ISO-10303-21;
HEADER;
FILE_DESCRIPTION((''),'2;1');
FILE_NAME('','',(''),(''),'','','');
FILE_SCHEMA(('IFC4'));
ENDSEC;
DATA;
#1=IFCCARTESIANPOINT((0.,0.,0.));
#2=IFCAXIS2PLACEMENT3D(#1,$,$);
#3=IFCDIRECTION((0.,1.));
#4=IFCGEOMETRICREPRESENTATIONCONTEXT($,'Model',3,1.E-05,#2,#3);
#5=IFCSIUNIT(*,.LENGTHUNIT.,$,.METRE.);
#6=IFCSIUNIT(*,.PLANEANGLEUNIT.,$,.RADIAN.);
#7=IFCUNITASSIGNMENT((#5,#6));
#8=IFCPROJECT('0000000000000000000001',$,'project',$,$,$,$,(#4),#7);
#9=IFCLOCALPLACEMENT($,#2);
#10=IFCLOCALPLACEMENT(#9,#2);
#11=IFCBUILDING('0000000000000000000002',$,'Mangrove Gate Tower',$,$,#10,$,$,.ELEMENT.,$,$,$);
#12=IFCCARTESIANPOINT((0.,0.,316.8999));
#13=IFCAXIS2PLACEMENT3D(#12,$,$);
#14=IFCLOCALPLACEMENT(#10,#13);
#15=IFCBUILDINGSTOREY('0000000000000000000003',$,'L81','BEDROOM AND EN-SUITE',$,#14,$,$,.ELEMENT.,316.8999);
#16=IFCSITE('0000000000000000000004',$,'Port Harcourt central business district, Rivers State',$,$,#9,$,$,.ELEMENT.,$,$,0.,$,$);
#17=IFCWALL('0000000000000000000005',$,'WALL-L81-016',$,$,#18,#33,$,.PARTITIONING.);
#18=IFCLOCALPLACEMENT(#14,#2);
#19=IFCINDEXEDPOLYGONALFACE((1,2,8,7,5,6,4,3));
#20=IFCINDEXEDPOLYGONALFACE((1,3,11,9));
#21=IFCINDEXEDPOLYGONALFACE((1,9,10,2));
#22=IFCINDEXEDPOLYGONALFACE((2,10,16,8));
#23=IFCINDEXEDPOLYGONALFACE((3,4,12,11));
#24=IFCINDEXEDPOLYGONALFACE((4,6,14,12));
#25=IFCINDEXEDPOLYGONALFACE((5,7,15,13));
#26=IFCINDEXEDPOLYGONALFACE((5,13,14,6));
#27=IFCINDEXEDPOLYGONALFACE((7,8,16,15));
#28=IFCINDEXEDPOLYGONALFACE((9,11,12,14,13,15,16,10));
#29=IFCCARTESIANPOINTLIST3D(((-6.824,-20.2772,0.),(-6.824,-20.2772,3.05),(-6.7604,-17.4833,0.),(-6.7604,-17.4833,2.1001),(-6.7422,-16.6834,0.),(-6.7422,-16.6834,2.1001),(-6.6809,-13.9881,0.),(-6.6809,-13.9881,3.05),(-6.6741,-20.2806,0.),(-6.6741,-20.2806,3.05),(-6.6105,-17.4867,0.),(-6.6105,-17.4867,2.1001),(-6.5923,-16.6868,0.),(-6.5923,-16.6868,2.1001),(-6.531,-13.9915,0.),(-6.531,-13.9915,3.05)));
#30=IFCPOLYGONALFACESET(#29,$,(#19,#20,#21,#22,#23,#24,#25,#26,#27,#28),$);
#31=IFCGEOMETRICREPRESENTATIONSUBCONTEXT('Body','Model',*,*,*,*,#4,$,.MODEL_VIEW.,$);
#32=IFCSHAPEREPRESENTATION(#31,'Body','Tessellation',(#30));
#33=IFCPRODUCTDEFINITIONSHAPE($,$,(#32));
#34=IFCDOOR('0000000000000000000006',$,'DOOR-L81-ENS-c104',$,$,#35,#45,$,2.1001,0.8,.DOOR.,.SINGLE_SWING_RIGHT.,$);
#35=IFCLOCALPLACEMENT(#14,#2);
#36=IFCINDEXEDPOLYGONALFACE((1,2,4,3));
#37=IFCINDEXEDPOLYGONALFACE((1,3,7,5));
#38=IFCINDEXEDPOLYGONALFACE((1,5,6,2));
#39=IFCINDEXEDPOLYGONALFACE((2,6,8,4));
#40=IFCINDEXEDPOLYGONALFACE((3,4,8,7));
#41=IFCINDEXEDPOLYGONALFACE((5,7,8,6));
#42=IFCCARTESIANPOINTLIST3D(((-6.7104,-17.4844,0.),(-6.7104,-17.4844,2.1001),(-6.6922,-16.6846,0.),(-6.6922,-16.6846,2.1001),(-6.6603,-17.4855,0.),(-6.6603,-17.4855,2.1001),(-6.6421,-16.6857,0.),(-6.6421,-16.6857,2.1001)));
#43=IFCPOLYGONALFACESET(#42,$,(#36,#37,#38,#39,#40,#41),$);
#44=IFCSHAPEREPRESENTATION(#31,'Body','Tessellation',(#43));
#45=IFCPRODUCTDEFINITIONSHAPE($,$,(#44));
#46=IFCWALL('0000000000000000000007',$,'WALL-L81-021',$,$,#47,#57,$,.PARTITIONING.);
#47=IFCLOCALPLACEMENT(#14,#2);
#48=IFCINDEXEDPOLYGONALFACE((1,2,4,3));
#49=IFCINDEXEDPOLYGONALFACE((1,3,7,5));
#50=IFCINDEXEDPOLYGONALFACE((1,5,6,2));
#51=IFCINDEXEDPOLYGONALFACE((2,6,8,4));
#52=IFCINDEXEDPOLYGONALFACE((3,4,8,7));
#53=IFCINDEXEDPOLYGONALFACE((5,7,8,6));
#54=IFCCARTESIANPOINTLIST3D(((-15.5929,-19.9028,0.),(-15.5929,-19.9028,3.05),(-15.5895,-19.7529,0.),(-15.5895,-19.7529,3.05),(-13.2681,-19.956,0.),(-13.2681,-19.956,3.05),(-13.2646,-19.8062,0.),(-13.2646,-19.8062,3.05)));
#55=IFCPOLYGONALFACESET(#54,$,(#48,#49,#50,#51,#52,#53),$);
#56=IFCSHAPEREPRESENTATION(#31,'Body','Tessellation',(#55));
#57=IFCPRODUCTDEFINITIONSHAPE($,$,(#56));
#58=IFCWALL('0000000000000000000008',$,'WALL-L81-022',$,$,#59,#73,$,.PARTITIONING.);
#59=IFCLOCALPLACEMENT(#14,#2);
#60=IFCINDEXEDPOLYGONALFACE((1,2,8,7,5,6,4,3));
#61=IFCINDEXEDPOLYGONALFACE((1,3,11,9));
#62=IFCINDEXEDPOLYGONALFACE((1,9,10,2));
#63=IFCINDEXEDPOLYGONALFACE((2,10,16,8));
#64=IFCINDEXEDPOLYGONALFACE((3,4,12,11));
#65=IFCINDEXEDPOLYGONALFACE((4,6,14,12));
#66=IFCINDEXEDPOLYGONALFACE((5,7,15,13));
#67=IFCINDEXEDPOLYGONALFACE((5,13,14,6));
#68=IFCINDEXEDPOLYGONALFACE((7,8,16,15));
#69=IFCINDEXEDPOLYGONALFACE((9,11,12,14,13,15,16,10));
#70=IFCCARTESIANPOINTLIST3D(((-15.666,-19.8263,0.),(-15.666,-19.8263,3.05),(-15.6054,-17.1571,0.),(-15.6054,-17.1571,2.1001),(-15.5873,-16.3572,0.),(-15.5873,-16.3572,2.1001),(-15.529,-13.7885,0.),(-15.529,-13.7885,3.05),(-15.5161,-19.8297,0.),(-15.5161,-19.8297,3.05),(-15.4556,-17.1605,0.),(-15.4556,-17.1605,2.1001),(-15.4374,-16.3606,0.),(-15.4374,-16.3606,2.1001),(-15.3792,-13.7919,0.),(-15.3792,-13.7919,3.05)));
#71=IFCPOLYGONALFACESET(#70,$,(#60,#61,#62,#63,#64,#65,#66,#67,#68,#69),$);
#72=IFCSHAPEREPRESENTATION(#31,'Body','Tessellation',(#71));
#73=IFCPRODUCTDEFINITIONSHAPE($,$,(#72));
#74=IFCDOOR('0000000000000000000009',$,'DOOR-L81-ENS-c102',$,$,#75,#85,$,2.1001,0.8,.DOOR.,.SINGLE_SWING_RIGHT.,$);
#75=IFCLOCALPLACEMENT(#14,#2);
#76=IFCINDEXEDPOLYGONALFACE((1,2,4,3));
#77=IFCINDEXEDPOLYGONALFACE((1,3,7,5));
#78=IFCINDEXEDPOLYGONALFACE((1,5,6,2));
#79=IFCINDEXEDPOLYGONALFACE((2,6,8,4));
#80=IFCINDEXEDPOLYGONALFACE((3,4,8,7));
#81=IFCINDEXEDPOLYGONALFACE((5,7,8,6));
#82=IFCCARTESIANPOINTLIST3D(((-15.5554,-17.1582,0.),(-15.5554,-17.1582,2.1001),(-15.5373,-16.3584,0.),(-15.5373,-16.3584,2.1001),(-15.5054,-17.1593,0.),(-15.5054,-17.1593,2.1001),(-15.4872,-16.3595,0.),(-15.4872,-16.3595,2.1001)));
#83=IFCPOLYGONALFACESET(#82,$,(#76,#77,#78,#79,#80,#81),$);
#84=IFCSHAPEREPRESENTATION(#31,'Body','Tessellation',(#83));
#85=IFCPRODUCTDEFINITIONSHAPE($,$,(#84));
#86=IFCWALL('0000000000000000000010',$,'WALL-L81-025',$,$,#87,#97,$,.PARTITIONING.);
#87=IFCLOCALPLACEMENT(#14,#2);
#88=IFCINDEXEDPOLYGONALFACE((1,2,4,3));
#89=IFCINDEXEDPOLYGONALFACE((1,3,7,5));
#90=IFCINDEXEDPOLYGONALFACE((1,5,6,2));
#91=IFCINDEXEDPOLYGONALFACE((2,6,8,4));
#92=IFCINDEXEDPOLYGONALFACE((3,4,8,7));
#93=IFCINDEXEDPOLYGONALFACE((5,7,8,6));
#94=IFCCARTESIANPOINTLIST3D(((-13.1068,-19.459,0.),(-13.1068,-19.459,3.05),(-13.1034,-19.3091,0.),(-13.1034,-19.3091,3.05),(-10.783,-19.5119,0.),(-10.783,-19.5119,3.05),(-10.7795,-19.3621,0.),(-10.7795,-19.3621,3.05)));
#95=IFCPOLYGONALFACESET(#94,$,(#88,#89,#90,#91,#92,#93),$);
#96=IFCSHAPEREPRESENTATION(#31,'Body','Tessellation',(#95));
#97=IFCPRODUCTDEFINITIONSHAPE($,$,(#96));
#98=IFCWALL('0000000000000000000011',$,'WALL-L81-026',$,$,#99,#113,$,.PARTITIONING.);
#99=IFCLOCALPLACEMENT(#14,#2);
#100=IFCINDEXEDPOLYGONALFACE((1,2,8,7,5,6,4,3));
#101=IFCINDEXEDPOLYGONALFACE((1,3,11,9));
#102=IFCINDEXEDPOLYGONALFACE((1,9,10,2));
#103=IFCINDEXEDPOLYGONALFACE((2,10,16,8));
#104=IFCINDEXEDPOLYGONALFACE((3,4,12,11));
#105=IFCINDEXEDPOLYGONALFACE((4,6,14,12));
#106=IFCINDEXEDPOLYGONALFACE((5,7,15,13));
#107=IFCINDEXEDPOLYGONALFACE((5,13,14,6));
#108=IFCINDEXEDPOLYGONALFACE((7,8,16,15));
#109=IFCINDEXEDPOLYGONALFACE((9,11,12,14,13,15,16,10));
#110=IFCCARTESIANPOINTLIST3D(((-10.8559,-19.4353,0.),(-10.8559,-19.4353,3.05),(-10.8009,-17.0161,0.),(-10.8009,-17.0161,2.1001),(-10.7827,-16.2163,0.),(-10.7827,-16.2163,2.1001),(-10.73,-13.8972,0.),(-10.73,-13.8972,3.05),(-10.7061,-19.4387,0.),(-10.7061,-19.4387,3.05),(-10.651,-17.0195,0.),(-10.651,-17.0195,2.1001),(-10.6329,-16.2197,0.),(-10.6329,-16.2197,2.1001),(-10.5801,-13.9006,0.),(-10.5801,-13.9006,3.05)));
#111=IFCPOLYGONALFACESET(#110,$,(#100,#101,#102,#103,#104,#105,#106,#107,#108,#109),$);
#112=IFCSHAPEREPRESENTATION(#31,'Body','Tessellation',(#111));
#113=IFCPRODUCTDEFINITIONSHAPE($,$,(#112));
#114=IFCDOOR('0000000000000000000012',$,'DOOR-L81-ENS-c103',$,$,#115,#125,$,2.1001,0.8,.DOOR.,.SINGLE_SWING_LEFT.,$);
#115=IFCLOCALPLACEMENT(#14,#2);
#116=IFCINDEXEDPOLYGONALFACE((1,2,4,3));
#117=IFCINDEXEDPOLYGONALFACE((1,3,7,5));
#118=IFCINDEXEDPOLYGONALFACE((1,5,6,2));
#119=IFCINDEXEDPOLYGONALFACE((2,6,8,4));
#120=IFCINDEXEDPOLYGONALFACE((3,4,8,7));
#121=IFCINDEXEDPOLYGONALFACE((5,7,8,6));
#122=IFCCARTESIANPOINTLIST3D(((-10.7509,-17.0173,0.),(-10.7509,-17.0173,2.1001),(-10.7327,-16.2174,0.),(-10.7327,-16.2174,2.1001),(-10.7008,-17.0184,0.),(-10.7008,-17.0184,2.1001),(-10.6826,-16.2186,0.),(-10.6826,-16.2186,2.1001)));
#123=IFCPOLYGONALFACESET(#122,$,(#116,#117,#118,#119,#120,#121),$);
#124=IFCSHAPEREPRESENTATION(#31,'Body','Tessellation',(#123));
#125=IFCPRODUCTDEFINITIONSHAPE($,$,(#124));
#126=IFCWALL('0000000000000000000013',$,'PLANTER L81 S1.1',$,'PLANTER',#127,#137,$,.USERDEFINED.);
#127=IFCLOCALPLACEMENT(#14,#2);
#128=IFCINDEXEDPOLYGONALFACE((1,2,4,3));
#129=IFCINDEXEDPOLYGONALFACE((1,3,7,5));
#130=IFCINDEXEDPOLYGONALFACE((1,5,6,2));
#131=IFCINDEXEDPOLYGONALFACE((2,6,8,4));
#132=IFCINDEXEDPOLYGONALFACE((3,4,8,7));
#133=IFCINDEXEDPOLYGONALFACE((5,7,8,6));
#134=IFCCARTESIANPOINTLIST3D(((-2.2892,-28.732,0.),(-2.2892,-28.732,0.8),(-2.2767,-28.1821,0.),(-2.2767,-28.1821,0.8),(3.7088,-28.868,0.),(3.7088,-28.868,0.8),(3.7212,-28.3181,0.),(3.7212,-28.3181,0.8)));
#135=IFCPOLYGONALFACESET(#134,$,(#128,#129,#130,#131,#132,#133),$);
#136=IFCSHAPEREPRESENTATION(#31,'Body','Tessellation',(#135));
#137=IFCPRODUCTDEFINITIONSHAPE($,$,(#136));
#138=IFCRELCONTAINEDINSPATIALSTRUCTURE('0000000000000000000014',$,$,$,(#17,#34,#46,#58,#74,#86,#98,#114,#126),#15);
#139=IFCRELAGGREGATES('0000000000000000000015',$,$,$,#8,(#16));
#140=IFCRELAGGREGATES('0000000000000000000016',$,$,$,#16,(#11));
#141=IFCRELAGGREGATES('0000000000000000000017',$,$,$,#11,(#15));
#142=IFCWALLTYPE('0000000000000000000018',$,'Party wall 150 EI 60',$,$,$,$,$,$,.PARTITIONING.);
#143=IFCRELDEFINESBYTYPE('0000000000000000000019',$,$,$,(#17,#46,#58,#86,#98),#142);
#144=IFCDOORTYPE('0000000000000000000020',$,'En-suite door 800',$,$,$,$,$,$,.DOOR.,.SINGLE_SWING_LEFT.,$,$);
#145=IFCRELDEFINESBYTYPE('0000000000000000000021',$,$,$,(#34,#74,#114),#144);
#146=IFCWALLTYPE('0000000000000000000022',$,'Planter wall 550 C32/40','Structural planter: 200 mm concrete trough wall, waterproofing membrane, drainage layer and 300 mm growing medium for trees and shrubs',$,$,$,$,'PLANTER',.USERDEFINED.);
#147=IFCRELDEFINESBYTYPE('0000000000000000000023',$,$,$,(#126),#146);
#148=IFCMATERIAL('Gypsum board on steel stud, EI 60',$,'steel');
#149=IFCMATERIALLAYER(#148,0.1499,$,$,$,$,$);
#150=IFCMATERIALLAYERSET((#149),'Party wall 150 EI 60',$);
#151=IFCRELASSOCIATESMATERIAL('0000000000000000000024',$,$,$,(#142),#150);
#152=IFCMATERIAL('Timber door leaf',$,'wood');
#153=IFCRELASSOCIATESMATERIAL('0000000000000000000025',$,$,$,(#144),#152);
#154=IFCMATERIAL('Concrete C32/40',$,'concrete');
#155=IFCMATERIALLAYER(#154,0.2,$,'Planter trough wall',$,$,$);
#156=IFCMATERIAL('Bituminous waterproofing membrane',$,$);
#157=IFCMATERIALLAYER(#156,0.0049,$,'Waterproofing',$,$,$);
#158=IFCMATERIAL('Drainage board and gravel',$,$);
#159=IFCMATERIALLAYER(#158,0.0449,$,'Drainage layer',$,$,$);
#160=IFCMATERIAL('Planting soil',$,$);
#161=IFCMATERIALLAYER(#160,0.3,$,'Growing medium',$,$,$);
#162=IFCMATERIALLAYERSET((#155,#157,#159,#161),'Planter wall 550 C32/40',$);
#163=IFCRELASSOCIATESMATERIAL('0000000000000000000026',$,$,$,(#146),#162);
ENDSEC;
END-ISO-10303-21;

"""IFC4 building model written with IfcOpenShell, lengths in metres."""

from ifc_helpers import new_model, si_unit, direction, frame, frame_2d, origin, place, context, subcontext, project, spatial, rectangle, extrude, material, layer, layer_set, type_object, element, fill, save


model = new_model("IFC4")

# Units and contexts
model_context = context("Model", 3, precision=1e-05, world=origin(), true_north=direction((0.0, 1.0)))
body_context = subcontext(model_context, "Body", "Model", "MODEL_VIEW")
ifc_project = project(units=[si_unit("LENGTHUNIT", "METRE"), si_unit("PLANEANGLEUNIT", "RADIAN")], contexts=[model_context])

# Site, building, storey
site_placement = place(None, origin())
site = spatial("IfcSite", under=ifc_project, at=site_placement, Name="Port Harcourt central business district, Rivers State", CompositionType="ELEMENT", RefElevation=0.0)
building_placement = place(site_placement, origin())
building = spatial("IfcBuilding", under=site, at=building_placement, Name="Mangrove Gate Tower", CompositionType="ELEMENT")
storey_placement = place(building_placement, frame((0.0, 0.0, 316.8999)))
storey = spatial("IfcBuildingStorey", under=building, at=storey_placement, Name="L81", Description="BEDROOM AND EN-SUITE", CompositionType="ELEMENT", Elevation=316.8999)

# Shared definitions
ifc_material_1 = material(Name="Gypsum board on steel stud, EI 60", Category="steel")
ifc_layer_1 = layer(ifc_material_1, 0.1499)
ifc_layer_set_1 = layer_set([ifc_layer_1], Name="Party wall 150 EI 60")
wall_type_1 = type_object("IfcWallType", Name="Party wall 150 EI 60", PredefinedType="PARTITIONING", material=ifc_layer_set_1)

# Shared definitions
ifc_material_2 = material(Name="Timber door leaf", Category="wood")
door_type = type_object("IfcDoorType", Name="En-suite door 800", OperationType="SINGLE_SWING_LEFT", PredefinedType="DOOR", material=ifc_material_2)

# Wall, opening, door
wall_1_placement = place(storey_placement, frame((-6.749, -20.2791, 0.0), z_axis=(0.0, 0.0, 1.0), x_axis=(0.022743, 0.999741, 0.0)))
wall_1 = element("IfcWall", 1, at=wall_1_placement, inside=storey, type_object=wall_type_1, Name="WALL-L81-016", PredefinedType="PARTITIONING", context=body_context, shape_type="SweptSolid", body=[
    extrude(rectangle(XDim=6.2908, YDim=0.1499, at=frame_2d((3.1455, 0.0))), origin(), (0.0, 0.0, 1.0), 3.05),
])
opening_1_placement = place(wall_1_placement, frame((2.7949, 0.0, 0.0)))
opening_1 = element("IfcOpeningElement", 2, at=opening_1_placement, cuts=wall_1, PredefinedType="OPENING", context=body_context, shape_type="SweptSolid", body=[
    extrude(rectangle(XDim=0.8, YDim=2.1001, at=frame_2d((0.3999, 1.05))), frame((0.0, 0.085, 0.0), z_axis=(0.0, -1.0, 0.0), x_axis=(1.0, 0.0, 0.0)), (0.0, 0.0, 1.0), 0.1699),
])
door_1_placement = place(opening_1_placement, origin())
door_1 = element("IfcDoor", 3, at=door_1_placement, inside=storey, type_object=door_type, Name="DOOR-L81-ENS-c104", OperationType="SINGLE_SWING_RIGHT", OverallHeight=2.1001, OverallWidth=0.8, PredefinedType="DOOR", context=body_context, shape_type="SweptSolid", body=[
    extrude(rectangle(XDim=0.8, YDim=2.1001, at=frame_2d((0.3999, 1.05))), frame((0.0, 0.0249, 0.0), z_axis=(0.0, -1.0, 0.0), x_axis=(1.0, 0.0, 0.0)), (0.0, 0.0, 1.0), 0.05),
])
fill(opening_1, door_1)

# Wall
wall_2_placement = place(storey_placement, frame((-15.5911, -19.8279, 0.0), z_axis=(0.0, 0.0, 1.0), x_axis=(0.999738, -0.022886, 0.0)))
element("IfcWall", 4, at=wall_2_placement, inside=storey, type_object=wall_type_1, Name="WALL-L81-021", PredefinedType="PARTITIONING", context=body_context, shape_type="SweptSolid", body=[
    extrude(rectangle(XDim=2.3254, YDim=0.1499, at=frame_2d((1.1626, 0.0))), origin(), (0.0, 0.0, 1.0), 3.05),
])

# Wall, opening, door
wall_3_placement = place(storey_placement, frame((-15.5911, -19.8279, 0.0), z_axis=(0.0, 0.0, 1.0), x_axis=(0.022678, 0.999743, 0.0)))
wall_3 = element("IfcWall", 5, at=wall_3_placement, inside=storey, type_object=wall_type_1, Name="WALL-L81-022", PredefinedType="PARTITIONING", context=body_context, shape_type="SweptSolid", body=[
    extrude(rectangle(XDim=6.0393, YDim=0.1499, at=frame_2d((3.0195, 0.0))), origin(), (0.0, 0.0, 1.0), 3.05),
])
opening_2_placement = place(wall_3_placement, frame((2.6699, 0.0, 0.0)))
opening_2 = element("IfcOpeningElement", 6, at=opening_2_placement, cuts=wall_3, PredefinedType="OPENING", context=body_context, shape_type="SweptSolid", body=[
    extrude(rectangle(XDim=0.8, YDim=2.1001, at=frame_2d((0.3999, 1.05))), frame((0.0, 0.085, 0.0), z_axis=(0.0, -1.0, 0.0), x_axis=(1.0, 0.0, 0.0)), (0.0, 0.0, 1.0), 0.1699),
])
door_2_placement = place(opening_2_placement, origin())
door_2 = element("IfcDoor", 7, at=door_2_placement, inside=storey, type_object=door_type, Name="DOOR-L81-ENS-c102", OperationType="SINGLE_SWING_RIGHT", OverallHeight=2.1001, OverallWidth=0.8, PredefinedType="DOOR", context=body_context, shape_type="SweptSolid", body=[
    extrude(rectangle(XDim=0.8, YDim=2.1001, at=frame_2d((0.3999, 1.05))), frame((0.0, 0.0249, 0.0), z_axis=(0.0, -1.0, 0.0), x_axis=(1.0, 0.0, 0.0)), (0.0, 0.0, 1.0), 0.05),
])
fill(opening_2, door_2)

# Wall
wall_4_placement = place(storey_placement, frame((-13.105, -19.384, 0.0), z_axis=(0.0, 0.0, 1.0), x_axis=(0.99974, -0.022791, 0.0)))
element("IfcWall", 8, at=wall_4_placement, inside=storey, type_object=wall_type_1, Name="WALL-L81-025", PredefinedType="PARTITIONING", context=body_context, shape_type="SweptSolid", body=[
    extrude(rectangle(XDim=2.3245, YDim=0.1499, at=frame_2d((1.1621, 0.0))), origin(), (0.0, 0.0, 1.0), 3.05),
])

# Wall, opening, door
wall_5_placement = place(storey_placement, frame((-10.781, -19.437, 0.0), z_axis=(0.0, 0.0, 1.0), x_axis=(0.022741, 0.999741, 0.0)))
wall_5 = element("IfcWall", 9, at=wall_5_placement, inside=storey, type_object=wall_type_1, Name="WALL-L81-026", PredefinedType="PARTITIONING", context=body_context, shape_type="SweptSolid", body=[
    extrude(rectangle(XDim=5.5396, YDim=0.1499, at=frame_2d((2.7698, 0.0))), origin(), (0.0, 0.0, 1.0), 3.05),
])
opening_3_placement = place(wall_5_placement, frame((2.4199, 0.0, 0.0)))
opening_3 = element("IfcOpeningElement", 10, at=opening_3_placement, cuts=wall_5, PredefinedType="OPENING", context=body_context, shape_type="SweptSolid", body=[
    extrude(rectangle(XDim=0.8, YDim=2.1001, at=frame_2d((0.3999, 1.05))), frame((0.0, 0.085, 0.0), z_axis=(0.0, -1.0, 0.0), x_axis=(1.0, 0.0, 0.0)), (0.0, 0.0, 1.0), 0.1699),
])
door_3_placement = place(opening_3_placement, origin())
door_3 = element("IfcDoor", 11, at=door_3_placement, inside=storey, type_object=door_type, Name="DOOR-L81-ENS-c103", OperationType="SINGLE_SWING_LEFT", OverallHeight=2.1001, OverallWidth=0.8, PredefinedType="DOOR", context=body_context, shape_type="SweptSolid", body=[
    extrude(rectangle(XDim=0.8, YDim=2.1001, at=frame_2d((0.3999, 1.05))), frame((0.0, 0.0249, 0.0), z_axis=(0.0, -1.0, 0.0), x_axis=(1.0, 0.0, 0.0)), (0.0, 0.0, 1.0), 0.05),
])
fill(opening_3, door_3)

# Wall
ifc_material_3 = material(Name="Concrete C32/40", Category="concrete")
ifc_layer_2 = layer(ifc_material_3, 0.2, Name="Planter trough wall")
ifc_material_4 = material(Name="Bituminous waterproofing membrane")
ifc_layer_3 = layer(ifc_material_4, 0.0049, Name="Waterproofing")
ifc_material_5 = material(Name="Drainage board and gravel")
ifc_layer_4 = layer(ifc_material_5, 0.0449, Name="Drainage layer")
ifc_material_6 = material(Name="Planting soil")
ifc_layer_5 = layer(ifc_material_6, 0.3, Name="Growing medium")
ifc_layer_set_2 = layer_set([ifc_layer_2, ifc_layer_3, ifc_layer_4, ifc_layer_5], Name="Planter wall 550 C32/40")
wall_type_2 = type_object("IfcWallType", Name="Planter wall 550 C32/40", Description="Structural planter: 200 mm concrete trough wall, waterproofing membrane, drainage layer and 300 mm growing medium for trees and shrubs", ElementType="PLANTER", PredefinedType="USERDEFINED", material=ifc_layer_set_2)
wall_6_placement = place(storey_placement, frame((-2.283, -28.457, 0.0), z_axis=(0.0, 0.0, 1.0), x_axis=(0.999743, -0.022666, 0.0)))
element("IfcWall", 12, at=wall_6_placement, inside=storey, type_object=wall_type_2, Name="PLANTER L81 S1.1", ObjectType="PLANTER", PredefinedType="USERDEFINED", context=body_context, shape_type="SweptSolid", body=[
    extrude(rectangle(XDim=5.9995, YDim=0.55, at=frame_2d((2.9998, 0.0))), origin(), (0.0, 0.0, 1.0), 0.8),
])

save(model, "model.ifc")
